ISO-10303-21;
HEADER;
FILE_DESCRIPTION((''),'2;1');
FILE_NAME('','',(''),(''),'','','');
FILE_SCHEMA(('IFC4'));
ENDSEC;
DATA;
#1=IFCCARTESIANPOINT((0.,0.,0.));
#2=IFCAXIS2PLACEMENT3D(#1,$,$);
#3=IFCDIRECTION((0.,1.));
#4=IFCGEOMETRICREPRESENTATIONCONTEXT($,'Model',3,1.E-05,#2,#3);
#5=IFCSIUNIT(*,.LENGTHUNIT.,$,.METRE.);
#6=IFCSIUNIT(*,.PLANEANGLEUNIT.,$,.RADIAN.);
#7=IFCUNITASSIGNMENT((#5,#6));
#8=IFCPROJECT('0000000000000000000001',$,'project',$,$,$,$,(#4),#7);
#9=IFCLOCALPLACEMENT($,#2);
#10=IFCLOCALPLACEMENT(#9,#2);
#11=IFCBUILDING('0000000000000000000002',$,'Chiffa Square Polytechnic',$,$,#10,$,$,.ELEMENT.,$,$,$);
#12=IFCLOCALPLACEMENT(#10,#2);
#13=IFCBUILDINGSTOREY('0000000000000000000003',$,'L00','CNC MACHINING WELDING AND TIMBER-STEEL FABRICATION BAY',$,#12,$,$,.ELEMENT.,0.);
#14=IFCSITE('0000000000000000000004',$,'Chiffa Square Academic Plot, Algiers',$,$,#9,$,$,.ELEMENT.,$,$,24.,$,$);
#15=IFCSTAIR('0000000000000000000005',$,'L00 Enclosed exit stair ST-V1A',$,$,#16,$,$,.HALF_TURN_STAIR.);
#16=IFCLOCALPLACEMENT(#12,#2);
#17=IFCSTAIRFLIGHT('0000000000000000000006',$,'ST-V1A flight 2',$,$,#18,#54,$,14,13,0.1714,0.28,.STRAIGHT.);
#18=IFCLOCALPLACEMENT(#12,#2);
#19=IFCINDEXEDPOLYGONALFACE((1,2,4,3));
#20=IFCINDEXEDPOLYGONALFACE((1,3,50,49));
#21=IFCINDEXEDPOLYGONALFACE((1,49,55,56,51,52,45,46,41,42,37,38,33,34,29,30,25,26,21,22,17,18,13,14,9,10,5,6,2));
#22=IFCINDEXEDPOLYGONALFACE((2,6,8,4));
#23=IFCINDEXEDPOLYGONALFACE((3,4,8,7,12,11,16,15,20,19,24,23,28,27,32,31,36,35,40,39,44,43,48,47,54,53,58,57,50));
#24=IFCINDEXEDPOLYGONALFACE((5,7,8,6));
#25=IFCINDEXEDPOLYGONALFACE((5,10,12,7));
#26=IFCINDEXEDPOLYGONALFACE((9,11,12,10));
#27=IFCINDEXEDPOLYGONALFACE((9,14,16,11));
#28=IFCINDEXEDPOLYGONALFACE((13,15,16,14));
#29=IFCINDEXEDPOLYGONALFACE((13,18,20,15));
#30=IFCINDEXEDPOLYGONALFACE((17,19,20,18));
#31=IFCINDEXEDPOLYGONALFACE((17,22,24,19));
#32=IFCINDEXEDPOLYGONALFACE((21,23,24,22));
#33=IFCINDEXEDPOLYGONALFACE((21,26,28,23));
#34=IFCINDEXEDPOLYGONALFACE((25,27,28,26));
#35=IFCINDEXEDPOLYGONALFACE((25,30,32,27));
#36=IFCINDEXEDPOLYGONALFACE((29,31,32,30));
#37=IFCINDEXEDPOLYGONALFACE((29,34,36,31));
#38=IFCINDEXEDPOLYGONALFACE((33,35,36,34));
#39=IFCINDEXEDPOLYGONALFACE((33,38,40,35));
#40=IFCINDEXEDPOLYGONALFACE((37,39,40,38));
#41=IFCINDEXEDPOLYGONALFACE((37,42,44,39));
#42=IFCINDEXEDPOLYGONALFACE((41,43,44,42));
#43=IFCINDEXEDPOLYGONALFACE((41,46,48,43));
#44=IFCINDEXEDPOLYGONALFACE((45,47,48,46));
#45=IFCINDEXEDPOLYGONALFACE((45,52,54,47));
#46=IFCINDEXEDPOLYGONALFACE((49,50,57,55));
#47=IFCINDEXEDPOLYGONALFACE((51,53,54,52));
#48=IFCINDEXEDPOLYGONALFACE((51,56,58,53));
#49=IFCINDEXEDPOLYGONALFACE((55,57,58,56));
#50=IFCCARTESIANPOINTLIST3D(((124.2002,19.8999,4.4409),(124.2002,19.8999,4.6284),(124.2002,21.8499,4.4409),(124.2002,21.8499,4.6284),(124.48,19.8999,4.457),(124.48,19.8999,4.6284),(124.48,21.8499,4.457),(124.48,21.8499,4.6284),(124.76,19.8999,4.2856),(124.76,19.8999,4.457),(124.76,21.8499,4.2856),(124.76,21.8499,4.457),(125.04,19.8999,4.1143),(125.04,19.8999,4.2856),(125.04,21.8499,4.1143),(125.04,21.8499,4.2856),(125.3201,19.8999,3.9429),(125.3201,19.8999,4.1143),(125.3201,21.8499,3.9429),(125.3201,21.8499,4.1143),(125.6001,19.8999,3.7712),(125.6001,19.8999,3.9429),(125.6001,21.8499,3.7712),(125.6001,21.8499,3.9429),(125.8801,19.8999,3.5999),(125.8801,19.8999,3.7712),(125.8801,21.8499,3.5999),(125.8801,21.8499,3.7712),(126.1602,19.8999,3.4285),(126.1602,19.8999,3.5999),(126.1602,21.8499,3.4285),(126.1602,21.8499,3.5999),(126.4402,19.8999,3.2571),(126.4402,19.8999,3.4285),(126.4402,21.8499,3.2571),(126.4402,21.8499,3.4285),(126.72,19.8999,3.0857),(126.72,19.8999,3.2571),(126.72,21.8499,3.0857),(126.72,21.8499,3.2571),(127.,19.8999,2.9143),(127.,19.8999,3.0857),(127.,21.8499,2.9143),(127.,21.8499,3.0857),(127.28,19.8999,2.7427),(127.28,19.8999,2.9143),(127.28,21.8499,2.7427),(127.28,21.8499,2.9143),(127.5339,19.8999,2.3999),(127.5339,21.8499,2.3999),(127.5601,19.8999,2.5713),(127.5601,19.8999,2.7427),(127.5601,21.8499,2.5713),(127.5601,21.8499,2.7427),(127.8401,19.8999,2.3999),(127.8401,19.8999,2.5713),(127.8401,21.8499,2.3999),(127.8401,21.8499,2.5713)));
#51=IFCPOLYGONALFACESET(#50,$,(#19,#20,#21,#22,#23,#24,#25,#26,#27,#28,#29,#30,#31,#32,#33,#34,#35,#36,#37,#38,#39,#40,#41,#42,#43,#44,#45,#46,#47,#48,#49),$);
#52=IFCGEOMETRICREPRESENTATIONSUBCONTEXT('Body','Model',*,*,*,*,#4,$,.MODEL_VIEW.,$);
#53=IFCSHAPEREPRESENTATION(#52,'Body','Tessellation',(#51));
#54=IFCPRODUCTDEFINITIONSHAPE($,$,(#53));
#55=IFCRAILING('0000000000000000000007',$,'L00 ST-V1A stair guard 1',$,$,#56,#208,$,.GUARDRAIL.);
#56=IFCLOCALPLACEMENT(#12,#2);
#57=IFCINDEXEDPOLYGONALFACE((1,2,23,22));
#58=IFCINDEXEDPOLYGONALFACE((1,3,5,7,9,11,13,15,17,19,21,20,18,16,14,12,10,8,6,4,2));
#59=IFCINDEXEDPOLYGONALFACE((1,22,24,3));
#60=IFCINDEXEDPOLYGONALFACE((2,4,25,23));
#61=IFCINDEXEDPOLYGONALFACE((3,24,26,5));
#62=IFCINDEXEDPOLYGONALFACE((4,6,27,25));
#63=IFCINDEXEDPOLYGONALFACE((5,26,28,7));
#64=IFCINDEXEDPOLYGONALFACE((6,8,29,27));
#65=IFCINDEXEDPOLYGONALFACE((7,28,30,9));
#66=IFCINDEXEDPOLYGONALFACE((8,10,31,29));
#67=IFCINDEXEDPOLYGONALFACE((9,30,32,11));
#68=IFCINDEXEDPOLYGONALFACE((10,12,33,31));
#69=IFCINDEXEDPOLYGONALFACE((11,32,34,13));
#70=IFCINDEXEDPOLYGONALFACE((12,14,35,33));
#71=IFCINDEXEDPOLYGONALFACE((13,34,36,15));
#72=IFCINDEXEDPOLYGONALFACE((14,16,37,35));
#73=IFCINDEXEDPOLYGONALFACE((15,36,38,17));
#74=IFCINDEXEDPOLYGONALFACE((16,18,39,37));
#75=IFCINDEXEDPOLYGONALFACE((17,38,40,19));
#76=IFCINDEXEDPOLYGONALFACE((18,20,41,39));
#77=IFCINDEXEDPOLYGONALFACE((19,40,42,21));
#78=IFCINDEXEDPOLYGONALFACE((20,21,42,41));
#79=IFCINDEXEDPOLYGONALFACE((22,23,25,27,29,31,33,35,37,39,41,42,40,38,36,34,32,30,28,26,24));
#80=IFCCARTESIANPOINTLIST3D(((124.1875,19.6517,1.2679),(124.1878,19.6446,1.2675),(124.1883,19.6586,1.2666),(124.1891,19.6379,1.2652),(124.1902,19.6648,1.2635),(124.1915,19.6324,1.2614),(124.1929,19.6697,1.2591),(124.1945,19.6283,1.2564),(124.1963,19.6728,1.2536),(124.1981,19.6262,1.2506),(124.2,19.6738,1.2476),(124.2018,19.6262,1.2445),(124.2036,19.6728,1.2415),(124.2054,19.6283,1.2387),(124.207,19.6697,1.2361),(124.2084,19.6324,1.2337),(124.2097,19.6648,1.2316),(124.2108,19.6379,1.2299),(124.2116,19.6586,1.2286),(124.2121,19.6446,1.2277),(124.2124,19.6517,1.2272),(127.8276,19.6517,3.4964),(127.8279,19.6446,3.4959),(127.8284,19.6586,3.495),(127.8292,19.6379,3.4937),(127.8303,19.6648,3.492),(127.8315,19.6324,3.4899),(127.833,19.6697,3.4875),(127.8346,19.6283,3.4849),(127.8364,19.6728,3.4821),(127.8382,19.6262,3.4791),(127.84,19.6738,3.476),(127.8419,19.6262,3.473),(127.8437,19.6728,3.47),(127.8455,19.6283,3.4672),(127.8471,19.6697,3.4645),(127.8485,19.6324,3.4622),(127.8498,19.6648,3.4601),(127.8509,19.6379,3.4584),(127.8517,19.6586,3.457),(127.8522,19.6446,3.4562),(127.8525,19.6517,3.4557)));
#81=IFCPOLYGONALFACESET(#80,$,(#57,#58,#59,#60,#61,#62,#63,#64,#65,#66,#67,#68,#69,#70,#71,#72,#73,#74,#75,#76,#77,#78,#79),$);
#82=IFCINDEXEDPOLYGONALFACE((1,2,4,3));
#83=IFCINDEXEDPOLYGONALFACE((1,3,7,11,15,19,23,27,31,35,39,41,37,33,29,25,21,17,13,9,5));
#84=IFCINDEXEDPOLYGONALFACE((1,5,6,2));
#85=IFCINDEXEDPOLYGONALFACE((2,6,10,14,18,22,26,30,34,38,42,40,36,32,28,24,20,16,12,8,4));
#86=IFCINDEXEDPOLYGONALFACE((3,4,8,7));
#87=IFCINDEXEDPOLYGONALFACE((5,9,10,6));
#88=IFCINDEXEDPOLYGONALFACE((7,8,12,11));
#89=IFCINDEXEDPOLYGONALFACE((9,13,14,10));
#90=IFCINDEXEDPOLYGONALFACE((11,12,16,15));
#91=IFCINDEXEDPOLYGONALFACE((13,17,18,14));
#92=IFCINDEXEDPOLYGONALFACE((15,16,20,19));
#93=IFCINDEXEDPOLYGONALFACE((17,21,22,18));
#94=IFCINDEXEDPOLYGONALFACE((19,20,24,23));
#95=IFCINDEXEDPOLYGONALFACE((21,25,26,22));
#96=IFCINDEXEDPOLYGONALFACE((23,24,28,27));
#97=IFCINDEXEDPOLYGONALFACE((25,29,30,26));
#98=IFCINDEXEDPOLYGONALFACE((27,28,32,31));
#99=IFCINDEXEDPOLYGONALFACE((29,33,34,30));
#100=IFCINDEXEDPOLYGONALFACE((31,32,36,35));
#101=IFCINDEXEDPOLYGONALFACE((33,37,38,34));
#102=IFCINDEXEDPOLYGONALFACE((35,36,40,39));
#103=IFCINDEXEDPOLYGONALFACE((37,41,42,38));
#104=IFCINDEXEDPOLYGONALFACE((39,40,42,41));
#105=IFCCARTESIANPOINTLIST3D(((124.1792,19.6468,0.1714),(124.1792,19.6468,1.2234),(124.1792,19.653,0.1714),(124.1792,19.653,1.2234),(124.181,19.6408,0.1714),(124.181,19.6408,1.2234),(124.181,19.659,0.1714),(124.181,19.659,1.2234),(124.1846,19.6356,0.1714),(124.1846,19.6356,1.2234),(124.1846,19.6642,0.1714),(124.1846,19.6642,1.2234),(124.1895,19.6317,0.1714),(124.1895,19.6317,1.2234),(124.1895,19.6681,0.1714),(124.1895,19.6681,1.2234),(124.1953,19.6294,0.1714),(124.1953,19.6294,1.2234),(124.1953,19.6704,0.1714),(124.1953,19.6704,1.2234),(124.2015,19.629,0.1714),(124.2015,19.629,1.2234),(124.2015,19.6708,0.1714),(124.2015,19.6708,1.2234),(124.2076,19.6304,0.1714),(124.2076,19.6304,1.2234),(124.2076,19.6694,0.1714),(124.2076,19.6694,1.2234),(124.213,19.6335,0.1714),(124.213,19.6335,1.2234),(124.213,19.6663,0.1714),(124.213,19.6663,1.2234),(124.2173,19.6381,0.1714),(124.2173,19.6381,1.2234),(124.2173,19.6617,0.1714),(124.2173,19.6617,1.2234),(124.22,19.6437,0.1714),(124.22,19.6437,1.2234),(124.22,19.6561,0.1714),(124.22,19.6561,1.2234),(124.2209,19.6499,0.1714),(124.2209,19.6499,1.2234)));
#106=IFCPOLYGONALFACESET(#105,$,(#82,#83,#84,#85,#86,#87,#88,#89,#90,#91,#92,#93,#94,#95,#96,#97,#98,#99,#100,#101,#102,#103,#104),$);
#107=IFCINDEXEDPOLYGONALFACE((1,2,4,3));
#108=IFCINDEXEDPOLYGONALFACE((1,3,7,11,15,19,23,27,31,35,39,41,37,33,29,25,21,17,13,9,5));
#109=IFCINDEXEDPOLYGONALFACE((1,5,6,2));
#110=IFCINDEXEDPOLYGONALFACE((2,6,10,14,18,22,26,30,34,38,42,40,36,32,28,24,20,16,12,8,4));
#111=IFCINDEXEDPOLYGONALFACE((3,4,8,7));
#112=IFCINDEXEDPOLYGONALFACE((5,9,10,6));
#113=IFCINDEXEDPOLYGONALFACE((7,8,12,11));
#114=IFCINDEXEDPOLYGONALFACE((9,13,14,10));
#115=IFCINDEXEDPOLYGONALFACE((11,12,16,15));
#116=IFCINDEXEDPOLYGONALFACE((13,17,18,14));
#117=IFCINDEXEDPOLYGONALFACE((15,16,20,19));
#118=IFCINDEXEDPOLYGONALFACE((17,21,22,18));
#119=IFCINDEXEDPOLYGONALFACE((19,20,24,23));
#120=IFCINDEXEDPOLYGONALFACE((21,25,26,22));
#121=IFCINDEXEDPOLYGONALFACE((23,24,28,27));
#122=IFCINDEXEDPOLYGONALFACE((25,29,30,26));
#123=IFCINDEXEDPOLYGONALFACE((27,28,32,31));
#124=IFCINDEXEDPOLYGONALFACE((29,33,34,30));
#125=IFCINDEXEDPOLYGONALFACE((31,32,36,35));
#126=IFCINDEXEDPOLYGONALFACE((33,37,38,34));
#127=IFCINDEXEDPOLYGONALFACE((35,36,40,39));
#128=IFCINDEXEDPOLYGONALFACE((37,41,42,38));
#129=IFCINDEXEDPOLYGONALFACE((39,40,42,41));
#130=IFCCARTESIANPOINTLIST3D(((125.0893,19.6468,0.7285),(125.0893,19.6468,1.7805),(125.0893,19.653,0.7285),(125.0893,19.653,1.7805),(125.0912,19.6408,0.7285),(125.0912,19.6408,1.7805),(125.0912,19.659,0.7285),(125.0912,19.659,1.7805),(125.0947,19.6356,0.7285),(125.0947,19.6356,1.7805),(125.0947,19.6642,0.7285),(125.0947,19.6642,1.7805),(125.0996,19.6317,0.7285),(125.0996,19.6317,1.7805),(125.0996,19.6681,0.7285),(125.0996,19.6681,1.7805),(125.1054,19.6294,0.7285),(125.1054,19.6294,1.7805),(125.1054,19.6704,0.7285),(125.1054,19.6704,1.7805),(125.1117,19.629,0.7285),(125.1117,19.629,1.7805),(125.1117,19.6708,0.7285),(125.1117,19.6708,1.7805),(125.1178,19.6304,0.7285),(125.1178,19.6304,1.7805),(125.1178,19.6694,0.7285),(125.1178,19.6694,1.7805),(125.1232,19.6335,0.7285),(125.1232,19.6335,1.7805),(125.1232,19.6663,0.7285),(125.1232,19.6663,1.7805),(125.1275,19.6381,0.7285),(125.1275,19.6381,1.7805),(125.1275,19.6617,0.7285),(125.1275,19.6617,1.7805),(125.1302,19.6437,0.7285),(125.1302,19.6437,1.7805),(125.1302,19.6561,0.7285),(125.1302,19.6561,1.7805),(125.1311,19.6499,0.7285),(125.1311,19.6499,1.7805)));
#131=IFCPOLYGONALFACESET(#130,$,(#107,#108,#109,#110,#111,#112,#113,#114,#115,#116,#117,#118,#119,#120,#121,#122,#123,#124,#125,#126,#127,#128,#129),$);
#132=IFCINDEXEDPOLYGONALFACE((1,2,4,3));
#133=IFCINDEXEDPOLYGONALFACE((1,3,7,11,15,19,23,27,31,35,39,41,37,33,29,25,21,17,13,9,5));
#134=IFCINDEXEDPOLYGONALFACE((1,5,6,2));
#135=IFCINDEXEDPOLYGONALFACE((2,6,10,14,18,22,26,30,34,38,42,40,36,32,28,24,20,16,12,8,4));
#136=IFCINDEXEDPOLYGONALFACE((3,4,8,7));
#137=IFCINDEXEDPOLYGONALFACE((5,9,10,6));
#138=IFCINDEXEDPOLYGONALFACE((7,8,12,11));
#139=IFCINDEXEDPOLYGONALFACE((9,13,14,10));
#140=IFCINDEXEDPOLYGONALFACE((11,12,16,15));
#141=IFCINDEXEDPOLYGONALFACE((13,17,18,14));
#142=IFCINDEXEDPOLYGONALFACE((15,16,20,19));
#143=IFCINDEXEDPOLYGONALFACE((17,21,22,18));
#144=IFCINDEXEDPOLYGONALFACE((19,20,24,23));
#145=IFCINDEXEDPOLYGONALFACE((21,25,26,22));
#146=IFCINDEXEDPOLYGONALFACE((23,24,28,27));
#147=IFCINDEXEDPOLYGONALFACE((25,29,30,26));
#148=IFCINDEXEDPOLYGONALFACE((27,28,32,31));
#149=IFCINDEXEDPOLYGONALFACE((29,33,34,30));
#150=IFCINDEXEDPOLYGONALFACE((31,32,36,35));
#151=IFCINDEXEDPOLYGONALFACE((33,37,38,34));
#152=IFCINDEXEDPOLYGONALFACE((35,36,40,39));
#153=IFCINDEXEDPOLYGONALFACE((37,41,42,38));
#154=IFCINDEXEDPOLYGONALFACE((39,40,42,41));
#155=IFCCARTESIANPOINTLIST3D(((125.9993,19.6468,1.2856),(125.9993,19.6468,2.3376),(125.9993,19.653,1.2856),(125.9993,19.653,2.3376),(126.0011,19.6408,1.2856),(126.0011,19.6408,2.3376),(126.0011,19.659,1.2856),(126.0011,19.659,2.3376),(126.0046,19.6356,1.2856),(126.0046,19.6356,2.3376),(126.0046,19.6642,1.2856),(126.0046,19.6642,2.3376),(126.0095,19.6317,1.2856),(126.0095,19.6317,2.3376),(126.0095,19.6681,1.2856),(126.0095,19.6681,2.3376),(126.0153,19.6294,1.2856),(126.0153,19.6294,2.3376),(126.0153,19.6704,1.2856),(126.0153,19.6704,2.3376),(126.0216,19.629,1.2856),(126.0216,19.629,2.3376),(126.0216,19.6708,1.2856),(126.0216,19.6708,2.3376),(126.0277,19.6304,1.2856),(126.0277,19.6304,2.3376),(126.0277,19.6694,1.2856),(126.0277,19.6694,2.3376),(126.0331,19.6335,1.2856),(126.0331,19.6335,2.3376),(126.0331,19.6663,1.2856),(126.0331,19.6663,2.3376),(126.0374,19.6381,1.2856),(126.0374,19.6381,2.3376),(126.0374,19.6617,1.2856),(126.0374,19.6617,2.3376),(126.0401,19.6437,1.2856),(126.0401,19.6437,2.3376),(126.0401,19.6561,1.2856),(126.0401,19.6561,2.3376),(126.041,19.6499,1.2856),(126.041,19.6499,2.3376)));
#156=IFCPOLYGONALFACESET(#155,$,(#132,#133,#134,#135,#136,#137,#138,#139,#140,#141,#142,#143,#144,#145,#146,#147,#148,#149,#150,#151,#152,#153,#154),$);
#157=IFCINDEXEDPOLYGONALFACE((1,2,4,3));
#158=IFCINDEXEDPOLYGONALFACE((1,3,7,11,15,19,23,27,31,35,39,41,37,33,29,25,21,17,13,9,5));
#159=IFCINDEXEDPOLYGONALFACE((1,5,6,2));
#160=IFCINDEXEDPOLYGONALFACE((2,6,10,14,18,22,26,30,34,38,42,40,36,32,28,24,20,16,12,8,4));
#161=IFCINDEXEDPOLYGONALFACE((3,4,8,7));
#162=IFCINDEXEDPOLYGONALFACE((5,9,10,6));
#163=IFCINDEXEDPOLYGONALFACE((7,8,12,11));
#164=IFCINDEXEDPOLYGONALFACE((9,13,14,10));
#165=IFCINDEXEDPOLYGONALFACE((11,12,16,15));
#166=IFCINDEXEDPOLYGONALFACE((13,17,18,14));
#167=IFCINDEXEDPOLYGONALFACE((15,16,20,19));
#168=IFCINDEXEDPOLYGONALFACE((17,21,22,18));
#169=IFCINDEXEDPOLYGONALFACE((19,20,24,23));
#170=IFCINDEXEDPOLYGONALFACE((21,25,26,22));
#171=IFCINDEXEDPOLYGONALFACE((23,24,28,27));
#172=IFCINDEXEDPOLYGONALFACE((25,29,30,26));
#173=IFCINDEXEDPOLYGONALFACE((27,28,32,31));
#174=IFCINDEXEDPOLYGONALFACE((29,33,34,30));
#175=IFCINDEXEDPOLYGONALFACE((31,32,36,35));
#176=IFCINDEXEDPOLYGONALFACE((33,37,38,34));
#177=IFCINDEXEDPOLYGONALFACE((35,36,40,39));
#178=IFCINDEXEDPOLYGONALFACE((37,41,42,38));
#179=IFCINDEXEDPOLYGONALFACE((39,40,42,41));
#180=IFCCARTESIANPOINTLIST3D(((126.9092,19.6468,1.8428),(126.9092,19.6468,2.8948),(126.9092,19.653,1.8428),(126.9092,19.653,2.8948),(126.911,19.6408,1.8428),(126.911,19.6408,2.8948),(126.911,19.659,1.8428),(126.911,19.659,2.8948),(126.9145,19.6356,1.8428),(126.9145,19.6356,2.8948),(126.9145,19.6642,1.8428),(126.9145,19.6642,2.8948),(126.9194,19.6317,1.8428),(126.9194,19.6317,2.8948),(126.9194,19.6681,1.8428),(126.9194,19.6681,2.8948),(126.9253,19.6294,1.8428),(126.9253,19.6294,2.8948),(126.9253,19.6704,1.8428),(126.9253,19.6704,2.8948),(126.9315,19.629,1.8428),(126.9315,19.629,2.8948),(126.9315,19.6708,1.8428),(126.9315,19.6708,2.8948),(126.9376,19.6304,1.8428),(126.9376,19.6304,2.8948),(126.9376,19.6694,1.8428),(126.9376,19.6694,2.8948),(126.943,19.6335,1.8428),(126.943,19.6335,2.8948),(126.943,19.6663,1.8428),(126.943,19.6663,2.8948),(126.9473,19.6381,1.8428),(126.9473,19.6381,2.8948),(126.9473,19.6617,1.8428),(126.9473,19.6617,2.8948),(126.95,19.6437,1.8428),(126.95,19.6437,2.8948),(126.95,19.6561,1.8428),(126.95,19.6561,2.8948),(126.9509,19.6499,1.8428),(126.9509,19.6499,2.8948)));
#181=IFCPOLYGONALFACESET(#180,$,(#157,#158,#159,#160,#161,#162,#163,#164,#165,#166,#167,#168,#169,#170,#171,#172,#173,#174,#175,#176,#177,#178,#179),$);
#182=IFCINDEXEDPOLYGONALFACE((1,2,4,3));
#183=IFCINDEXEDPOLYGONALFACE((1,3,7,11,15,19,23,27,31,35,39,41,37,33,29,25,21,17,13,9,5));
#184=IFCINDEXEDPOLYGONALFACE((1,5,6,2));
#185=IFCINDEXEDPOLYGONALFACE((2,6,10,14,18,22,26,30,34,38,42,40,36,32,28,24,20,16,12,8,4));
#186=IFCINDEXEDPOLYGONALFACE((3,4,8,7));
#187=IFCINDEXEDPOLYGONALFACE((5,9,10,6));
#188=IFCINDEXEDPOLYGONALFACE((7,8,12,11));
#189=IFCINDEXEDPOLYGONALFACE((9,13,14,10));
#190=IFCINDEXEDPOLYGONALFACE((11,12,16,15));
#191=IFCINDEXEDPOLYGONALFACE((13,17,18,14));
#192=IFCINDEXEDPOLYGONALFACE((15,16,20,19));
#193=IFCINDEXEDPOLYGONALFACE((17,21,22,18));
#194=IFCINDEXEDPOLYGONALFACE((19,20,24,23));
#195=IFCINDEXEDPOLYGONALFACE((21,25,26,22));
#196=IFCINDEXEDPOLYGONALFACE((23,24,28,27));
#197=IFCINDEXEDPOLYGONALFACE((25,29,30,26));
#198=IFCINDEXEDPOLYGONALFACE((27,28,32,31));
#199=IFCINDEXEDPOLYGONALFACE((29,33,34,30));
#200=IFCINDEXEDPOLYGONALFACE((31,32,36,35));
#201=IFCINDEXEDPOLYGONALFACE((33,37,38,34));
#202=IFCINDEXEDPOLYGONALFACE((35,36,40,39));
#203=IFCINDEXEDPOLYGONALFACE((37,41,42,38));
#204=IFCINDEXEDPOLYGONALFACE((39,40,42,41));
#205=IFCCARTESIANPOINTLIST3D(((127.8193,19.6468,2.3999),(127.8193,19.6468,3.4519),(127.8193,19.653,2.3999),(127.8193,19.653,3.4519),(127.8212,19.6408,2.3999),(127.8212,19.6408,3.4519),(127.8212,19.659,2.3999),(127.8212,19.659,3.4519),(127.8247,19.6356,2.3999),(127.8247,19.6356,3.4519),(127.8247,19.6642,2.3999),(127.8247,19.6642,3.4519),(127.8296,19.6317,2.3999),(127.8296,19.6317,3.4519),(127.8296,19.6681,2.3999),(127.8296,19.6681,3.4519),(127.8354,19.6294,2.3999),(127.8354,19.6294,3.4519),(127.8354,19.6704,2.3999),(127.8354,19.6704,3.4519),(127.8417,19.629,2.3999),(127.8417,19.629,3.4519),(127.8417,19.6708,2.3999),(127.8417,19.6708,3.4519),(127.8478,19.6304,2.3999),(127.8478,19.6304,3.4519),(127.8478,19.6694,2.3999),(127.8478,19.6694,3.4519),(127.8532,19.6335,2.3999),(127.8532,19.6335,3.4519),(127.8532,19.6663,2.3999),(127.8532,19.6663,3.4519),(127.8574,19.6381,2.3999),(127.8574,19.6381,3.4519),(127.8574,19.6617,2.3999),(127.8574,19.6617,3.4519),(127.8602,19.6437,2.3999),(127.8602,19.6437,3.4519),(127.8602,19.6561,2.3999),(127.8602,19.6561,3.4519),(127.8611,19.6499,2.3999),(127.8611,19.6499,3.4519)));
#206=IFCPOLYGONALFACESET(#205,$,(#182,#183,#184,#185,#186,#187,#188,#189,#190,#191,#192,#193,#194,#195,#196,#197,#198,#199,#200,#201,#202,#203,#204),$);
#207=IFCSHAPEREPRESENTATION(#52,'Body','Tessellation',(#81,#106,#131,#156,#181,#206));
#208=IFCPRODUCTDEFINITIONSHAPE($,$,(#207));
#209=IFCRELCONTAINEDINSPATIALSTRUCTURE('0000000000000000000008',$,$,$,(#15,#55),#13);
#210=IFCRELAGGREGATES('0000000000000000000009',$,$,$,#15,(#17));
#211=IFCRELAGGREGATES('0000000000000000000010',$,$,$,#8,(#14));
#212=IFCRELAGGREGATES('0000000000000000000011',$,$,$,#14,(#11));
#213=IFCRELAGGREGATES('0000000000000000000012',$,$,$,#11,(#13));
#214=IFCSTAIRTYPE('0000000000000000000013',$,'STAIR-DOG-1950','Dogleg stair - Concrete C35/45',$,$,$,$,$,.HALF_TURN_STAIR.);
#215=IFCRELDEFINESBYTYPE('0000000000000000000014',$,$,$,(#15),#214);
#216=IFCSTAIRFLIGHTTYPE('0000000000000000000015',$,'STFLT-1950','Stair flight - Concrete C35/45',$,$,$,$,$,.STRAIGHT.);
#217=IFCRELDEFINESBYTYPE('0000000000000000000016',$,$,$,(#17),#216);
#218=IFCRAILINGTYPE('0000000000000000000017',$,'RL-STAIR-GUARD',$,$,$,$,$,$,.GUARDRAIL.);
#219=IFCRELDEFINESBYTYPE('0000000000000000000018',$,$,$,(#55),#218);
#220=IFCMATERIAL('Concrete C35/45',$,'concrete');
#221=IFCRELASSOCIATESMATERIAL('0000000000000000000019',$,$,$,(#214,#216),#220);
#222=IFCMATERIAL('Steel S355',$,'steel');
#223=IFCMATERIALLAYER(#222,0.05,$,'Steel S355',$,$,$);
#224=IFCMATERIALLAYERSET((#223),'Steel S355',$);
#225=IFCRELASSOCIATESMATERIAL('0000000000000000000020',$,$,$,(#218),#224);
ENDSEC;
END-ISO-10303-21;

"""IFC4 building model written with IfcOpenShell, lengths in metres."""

from ifc_helpers import new_model, si_unit, direction, frame, origin, origin_2d, place, context, subcontext, project, spatial, polyline, circle, outline, extrude, material, layer, layer_set, type_object, element, aggregate, save


model = new_model("IFC4")

# Units and contexts
model_context = context("Model", 3, precision=1e-05, world=origin(), true_north=direction((0.0, 1.0)))
body_context = subcontext(model_context, "Body", "Model", "MODEL_VIEW")
ifc_project = project(units=[si_unit("LENGTHUNIT", "METRE"), si_unit("PLANEANGLEUNIT", "RADIAN")], contexts=[model_context])

# Site, building, storey
site_placement = place(None, origin())
site = spatial("IfcSite", under=ifc_project, at=site_placement, Name="Chiffa Square Academic Plot, Algiers", CompositionType="ELEMENT", RefElevation=24.0)
building_placement = place(site_placement, origin())
building = spatial("IfcBuilding", under=site, at=building_placement, Name="Chiffa Square Polytechnic", CompositionType="ELEMENT")
storey_placement = place(building_placement, origin())
storey = spatial("IfcBuildingStorey", under=building, at=storey_placement, Name="L00", Description="CNC MACHINING WELDING AND TIMBER-STEEL FABRICATION BAY", CompositionType="ELEMENT", Elevation=0.0)

# Shared definitions
ifc_material_1 = material(Name="Concrete C35/45", Category="concrete")

# Stair, stair flight
stair_type = type_object("IfcStairType", Name="STAIR-DOG-1950", Description="Dogleg stair - Concrete C35/45", PredefinedType="HALF_TURN_STAIR", material=ifc_material_1)
stair_placement = place(storey_placement, origin())
stair = element("IfcStair", 1, at=stair_placement, inside=storey, type_object=stair_type, Name="L00 Enclosed exit stair ST-V1A", PredefinedType="HALF_TURN_STAIR")
stair_flight_type = type_object("IfcStairFlightType", Name="STFLT-1950", Description="Stair flight - Concrete C35/45", PredefinedType="STRAIGHT", material=ifc_material_1)
stair_flight_1_placement = place(storey_placement, frame((127.8401, 20.875, 2.3999), z_axis=(0.0, 0.0, 1.0), x_axis=(-1.0, 0.0, 0.0)))
stair_flight_1 = element("IfcStairFlight", 2, at=stair_flight_1_placement, type_object=stair_flight_type, Name="ST-V1A flight 2", NumberOfRisers=14, NumberOfTreads=13, PredefinedType="STRAIGHT", RiserHeight=0.1714, TreadLength=0.28, context=body_context, shape_type="SweptSolid", body=[
    extrude(outline(polyline([(0.0, 0.0), (0.0, 0.1714), (0.28, 0.1714), (0.28, 0.3428), (0.5601, 0.3428), (0.5601, 0.5144), (0.8401, 0.5144), (0.8401, 0.6858), (1.1201, 0.6858), (1.1201, 0.8572), (1.3999, 0.8572), (1.3999, 1.0286), (1.6799, 1.0286), (1.6799, 1.2), (1.96, 1.2), (1.96, 1.3713), (2.24, 1.3713), (2.24, 1.543), (2.52, 1.543), (2.52, 1.7144), (2.8, 1.7144), (2.8, 1.8857), (3.0801, 1.8857), (3.0801, 2.0571), (3.3601, 2.0571), (3.3601, 2.2285), (3.6399, 2.2285), (3.6399, 2.3999), (3.6399, 2.041), (0.3062, 0.0), (0.0, 0.0)])), frame((0.0, 0.9751, 0.0), z_axis=(0.0, -1.0, 0.0), x_axis=(1.0, 0.0, 0.0)), (0.0, 0.0, 1.0), 1.95),
])
aggregate(stair, [stair_flight_1])

# Railing
ifc_material_2 = material(Name="Steel S355", Category="steel")
ifc_layer_1 = layer(ifc_material_2, 0.05, Name="Steel S355")
ifc_layer_set_1 = layer_set([ifc_layer_1], Name="Steel S355")
railing_type_1 = type_object("IfcRailingType", Name="RL-STAIR-GUARD", PredefinedType="GUARDRAIL", material=ifc_layer_set_1)
railing_1_placement = place(storey_placement, frame((124.2, 19.6499, 0.1714)))
element("IfcRailing", 3, at=railing_1_placement, inside=storey, type_object=railing_type_1, Name="L00 ST-V1A stair guard 1", PredefinedType="GUARDRAIL", context=body_context, shape_type="SweptSolid", body=[
    extrude(circle(Radius=0.0239, at=origin_2d()), frame((0.0, 0.0, 1.0762), z_axis=(0.852866, 0.0, 0.52213), x_axis=(0.0, 1.0, 0.0)), (0.0, 0.0, 1.0), 4.2681),
    extrude(circle(Radius=0.021, at=origin_2d()), origin(), (0.0, 0.0, 1.0), 1.052),
    extrude(circle(Radius=0.021, at=origin_2d()), frame((0.9102, 0.0, 0.5571)), (0.0, 0.0, 1.0), 1.052),
    extrude(circle(Radius=0.021, at=origin_2d()), frame((1.8201, 0.0, 1.1143)), (0.0, 0.0, 1.0), 1.052),
    extrude(circle(Radius=0.021, at=origin_2d()), frame((2.73, 0.0, 1.6714)), (0.0, 0.0, 1.0), 1.052),
    extrude(circle(Radius=0.021, at=origin_2d()), frame((3.6401, 0.0, 2.2285)), (0.0, 0.0, 1.0), 1.052),
])

save(model, "model.ifc")
